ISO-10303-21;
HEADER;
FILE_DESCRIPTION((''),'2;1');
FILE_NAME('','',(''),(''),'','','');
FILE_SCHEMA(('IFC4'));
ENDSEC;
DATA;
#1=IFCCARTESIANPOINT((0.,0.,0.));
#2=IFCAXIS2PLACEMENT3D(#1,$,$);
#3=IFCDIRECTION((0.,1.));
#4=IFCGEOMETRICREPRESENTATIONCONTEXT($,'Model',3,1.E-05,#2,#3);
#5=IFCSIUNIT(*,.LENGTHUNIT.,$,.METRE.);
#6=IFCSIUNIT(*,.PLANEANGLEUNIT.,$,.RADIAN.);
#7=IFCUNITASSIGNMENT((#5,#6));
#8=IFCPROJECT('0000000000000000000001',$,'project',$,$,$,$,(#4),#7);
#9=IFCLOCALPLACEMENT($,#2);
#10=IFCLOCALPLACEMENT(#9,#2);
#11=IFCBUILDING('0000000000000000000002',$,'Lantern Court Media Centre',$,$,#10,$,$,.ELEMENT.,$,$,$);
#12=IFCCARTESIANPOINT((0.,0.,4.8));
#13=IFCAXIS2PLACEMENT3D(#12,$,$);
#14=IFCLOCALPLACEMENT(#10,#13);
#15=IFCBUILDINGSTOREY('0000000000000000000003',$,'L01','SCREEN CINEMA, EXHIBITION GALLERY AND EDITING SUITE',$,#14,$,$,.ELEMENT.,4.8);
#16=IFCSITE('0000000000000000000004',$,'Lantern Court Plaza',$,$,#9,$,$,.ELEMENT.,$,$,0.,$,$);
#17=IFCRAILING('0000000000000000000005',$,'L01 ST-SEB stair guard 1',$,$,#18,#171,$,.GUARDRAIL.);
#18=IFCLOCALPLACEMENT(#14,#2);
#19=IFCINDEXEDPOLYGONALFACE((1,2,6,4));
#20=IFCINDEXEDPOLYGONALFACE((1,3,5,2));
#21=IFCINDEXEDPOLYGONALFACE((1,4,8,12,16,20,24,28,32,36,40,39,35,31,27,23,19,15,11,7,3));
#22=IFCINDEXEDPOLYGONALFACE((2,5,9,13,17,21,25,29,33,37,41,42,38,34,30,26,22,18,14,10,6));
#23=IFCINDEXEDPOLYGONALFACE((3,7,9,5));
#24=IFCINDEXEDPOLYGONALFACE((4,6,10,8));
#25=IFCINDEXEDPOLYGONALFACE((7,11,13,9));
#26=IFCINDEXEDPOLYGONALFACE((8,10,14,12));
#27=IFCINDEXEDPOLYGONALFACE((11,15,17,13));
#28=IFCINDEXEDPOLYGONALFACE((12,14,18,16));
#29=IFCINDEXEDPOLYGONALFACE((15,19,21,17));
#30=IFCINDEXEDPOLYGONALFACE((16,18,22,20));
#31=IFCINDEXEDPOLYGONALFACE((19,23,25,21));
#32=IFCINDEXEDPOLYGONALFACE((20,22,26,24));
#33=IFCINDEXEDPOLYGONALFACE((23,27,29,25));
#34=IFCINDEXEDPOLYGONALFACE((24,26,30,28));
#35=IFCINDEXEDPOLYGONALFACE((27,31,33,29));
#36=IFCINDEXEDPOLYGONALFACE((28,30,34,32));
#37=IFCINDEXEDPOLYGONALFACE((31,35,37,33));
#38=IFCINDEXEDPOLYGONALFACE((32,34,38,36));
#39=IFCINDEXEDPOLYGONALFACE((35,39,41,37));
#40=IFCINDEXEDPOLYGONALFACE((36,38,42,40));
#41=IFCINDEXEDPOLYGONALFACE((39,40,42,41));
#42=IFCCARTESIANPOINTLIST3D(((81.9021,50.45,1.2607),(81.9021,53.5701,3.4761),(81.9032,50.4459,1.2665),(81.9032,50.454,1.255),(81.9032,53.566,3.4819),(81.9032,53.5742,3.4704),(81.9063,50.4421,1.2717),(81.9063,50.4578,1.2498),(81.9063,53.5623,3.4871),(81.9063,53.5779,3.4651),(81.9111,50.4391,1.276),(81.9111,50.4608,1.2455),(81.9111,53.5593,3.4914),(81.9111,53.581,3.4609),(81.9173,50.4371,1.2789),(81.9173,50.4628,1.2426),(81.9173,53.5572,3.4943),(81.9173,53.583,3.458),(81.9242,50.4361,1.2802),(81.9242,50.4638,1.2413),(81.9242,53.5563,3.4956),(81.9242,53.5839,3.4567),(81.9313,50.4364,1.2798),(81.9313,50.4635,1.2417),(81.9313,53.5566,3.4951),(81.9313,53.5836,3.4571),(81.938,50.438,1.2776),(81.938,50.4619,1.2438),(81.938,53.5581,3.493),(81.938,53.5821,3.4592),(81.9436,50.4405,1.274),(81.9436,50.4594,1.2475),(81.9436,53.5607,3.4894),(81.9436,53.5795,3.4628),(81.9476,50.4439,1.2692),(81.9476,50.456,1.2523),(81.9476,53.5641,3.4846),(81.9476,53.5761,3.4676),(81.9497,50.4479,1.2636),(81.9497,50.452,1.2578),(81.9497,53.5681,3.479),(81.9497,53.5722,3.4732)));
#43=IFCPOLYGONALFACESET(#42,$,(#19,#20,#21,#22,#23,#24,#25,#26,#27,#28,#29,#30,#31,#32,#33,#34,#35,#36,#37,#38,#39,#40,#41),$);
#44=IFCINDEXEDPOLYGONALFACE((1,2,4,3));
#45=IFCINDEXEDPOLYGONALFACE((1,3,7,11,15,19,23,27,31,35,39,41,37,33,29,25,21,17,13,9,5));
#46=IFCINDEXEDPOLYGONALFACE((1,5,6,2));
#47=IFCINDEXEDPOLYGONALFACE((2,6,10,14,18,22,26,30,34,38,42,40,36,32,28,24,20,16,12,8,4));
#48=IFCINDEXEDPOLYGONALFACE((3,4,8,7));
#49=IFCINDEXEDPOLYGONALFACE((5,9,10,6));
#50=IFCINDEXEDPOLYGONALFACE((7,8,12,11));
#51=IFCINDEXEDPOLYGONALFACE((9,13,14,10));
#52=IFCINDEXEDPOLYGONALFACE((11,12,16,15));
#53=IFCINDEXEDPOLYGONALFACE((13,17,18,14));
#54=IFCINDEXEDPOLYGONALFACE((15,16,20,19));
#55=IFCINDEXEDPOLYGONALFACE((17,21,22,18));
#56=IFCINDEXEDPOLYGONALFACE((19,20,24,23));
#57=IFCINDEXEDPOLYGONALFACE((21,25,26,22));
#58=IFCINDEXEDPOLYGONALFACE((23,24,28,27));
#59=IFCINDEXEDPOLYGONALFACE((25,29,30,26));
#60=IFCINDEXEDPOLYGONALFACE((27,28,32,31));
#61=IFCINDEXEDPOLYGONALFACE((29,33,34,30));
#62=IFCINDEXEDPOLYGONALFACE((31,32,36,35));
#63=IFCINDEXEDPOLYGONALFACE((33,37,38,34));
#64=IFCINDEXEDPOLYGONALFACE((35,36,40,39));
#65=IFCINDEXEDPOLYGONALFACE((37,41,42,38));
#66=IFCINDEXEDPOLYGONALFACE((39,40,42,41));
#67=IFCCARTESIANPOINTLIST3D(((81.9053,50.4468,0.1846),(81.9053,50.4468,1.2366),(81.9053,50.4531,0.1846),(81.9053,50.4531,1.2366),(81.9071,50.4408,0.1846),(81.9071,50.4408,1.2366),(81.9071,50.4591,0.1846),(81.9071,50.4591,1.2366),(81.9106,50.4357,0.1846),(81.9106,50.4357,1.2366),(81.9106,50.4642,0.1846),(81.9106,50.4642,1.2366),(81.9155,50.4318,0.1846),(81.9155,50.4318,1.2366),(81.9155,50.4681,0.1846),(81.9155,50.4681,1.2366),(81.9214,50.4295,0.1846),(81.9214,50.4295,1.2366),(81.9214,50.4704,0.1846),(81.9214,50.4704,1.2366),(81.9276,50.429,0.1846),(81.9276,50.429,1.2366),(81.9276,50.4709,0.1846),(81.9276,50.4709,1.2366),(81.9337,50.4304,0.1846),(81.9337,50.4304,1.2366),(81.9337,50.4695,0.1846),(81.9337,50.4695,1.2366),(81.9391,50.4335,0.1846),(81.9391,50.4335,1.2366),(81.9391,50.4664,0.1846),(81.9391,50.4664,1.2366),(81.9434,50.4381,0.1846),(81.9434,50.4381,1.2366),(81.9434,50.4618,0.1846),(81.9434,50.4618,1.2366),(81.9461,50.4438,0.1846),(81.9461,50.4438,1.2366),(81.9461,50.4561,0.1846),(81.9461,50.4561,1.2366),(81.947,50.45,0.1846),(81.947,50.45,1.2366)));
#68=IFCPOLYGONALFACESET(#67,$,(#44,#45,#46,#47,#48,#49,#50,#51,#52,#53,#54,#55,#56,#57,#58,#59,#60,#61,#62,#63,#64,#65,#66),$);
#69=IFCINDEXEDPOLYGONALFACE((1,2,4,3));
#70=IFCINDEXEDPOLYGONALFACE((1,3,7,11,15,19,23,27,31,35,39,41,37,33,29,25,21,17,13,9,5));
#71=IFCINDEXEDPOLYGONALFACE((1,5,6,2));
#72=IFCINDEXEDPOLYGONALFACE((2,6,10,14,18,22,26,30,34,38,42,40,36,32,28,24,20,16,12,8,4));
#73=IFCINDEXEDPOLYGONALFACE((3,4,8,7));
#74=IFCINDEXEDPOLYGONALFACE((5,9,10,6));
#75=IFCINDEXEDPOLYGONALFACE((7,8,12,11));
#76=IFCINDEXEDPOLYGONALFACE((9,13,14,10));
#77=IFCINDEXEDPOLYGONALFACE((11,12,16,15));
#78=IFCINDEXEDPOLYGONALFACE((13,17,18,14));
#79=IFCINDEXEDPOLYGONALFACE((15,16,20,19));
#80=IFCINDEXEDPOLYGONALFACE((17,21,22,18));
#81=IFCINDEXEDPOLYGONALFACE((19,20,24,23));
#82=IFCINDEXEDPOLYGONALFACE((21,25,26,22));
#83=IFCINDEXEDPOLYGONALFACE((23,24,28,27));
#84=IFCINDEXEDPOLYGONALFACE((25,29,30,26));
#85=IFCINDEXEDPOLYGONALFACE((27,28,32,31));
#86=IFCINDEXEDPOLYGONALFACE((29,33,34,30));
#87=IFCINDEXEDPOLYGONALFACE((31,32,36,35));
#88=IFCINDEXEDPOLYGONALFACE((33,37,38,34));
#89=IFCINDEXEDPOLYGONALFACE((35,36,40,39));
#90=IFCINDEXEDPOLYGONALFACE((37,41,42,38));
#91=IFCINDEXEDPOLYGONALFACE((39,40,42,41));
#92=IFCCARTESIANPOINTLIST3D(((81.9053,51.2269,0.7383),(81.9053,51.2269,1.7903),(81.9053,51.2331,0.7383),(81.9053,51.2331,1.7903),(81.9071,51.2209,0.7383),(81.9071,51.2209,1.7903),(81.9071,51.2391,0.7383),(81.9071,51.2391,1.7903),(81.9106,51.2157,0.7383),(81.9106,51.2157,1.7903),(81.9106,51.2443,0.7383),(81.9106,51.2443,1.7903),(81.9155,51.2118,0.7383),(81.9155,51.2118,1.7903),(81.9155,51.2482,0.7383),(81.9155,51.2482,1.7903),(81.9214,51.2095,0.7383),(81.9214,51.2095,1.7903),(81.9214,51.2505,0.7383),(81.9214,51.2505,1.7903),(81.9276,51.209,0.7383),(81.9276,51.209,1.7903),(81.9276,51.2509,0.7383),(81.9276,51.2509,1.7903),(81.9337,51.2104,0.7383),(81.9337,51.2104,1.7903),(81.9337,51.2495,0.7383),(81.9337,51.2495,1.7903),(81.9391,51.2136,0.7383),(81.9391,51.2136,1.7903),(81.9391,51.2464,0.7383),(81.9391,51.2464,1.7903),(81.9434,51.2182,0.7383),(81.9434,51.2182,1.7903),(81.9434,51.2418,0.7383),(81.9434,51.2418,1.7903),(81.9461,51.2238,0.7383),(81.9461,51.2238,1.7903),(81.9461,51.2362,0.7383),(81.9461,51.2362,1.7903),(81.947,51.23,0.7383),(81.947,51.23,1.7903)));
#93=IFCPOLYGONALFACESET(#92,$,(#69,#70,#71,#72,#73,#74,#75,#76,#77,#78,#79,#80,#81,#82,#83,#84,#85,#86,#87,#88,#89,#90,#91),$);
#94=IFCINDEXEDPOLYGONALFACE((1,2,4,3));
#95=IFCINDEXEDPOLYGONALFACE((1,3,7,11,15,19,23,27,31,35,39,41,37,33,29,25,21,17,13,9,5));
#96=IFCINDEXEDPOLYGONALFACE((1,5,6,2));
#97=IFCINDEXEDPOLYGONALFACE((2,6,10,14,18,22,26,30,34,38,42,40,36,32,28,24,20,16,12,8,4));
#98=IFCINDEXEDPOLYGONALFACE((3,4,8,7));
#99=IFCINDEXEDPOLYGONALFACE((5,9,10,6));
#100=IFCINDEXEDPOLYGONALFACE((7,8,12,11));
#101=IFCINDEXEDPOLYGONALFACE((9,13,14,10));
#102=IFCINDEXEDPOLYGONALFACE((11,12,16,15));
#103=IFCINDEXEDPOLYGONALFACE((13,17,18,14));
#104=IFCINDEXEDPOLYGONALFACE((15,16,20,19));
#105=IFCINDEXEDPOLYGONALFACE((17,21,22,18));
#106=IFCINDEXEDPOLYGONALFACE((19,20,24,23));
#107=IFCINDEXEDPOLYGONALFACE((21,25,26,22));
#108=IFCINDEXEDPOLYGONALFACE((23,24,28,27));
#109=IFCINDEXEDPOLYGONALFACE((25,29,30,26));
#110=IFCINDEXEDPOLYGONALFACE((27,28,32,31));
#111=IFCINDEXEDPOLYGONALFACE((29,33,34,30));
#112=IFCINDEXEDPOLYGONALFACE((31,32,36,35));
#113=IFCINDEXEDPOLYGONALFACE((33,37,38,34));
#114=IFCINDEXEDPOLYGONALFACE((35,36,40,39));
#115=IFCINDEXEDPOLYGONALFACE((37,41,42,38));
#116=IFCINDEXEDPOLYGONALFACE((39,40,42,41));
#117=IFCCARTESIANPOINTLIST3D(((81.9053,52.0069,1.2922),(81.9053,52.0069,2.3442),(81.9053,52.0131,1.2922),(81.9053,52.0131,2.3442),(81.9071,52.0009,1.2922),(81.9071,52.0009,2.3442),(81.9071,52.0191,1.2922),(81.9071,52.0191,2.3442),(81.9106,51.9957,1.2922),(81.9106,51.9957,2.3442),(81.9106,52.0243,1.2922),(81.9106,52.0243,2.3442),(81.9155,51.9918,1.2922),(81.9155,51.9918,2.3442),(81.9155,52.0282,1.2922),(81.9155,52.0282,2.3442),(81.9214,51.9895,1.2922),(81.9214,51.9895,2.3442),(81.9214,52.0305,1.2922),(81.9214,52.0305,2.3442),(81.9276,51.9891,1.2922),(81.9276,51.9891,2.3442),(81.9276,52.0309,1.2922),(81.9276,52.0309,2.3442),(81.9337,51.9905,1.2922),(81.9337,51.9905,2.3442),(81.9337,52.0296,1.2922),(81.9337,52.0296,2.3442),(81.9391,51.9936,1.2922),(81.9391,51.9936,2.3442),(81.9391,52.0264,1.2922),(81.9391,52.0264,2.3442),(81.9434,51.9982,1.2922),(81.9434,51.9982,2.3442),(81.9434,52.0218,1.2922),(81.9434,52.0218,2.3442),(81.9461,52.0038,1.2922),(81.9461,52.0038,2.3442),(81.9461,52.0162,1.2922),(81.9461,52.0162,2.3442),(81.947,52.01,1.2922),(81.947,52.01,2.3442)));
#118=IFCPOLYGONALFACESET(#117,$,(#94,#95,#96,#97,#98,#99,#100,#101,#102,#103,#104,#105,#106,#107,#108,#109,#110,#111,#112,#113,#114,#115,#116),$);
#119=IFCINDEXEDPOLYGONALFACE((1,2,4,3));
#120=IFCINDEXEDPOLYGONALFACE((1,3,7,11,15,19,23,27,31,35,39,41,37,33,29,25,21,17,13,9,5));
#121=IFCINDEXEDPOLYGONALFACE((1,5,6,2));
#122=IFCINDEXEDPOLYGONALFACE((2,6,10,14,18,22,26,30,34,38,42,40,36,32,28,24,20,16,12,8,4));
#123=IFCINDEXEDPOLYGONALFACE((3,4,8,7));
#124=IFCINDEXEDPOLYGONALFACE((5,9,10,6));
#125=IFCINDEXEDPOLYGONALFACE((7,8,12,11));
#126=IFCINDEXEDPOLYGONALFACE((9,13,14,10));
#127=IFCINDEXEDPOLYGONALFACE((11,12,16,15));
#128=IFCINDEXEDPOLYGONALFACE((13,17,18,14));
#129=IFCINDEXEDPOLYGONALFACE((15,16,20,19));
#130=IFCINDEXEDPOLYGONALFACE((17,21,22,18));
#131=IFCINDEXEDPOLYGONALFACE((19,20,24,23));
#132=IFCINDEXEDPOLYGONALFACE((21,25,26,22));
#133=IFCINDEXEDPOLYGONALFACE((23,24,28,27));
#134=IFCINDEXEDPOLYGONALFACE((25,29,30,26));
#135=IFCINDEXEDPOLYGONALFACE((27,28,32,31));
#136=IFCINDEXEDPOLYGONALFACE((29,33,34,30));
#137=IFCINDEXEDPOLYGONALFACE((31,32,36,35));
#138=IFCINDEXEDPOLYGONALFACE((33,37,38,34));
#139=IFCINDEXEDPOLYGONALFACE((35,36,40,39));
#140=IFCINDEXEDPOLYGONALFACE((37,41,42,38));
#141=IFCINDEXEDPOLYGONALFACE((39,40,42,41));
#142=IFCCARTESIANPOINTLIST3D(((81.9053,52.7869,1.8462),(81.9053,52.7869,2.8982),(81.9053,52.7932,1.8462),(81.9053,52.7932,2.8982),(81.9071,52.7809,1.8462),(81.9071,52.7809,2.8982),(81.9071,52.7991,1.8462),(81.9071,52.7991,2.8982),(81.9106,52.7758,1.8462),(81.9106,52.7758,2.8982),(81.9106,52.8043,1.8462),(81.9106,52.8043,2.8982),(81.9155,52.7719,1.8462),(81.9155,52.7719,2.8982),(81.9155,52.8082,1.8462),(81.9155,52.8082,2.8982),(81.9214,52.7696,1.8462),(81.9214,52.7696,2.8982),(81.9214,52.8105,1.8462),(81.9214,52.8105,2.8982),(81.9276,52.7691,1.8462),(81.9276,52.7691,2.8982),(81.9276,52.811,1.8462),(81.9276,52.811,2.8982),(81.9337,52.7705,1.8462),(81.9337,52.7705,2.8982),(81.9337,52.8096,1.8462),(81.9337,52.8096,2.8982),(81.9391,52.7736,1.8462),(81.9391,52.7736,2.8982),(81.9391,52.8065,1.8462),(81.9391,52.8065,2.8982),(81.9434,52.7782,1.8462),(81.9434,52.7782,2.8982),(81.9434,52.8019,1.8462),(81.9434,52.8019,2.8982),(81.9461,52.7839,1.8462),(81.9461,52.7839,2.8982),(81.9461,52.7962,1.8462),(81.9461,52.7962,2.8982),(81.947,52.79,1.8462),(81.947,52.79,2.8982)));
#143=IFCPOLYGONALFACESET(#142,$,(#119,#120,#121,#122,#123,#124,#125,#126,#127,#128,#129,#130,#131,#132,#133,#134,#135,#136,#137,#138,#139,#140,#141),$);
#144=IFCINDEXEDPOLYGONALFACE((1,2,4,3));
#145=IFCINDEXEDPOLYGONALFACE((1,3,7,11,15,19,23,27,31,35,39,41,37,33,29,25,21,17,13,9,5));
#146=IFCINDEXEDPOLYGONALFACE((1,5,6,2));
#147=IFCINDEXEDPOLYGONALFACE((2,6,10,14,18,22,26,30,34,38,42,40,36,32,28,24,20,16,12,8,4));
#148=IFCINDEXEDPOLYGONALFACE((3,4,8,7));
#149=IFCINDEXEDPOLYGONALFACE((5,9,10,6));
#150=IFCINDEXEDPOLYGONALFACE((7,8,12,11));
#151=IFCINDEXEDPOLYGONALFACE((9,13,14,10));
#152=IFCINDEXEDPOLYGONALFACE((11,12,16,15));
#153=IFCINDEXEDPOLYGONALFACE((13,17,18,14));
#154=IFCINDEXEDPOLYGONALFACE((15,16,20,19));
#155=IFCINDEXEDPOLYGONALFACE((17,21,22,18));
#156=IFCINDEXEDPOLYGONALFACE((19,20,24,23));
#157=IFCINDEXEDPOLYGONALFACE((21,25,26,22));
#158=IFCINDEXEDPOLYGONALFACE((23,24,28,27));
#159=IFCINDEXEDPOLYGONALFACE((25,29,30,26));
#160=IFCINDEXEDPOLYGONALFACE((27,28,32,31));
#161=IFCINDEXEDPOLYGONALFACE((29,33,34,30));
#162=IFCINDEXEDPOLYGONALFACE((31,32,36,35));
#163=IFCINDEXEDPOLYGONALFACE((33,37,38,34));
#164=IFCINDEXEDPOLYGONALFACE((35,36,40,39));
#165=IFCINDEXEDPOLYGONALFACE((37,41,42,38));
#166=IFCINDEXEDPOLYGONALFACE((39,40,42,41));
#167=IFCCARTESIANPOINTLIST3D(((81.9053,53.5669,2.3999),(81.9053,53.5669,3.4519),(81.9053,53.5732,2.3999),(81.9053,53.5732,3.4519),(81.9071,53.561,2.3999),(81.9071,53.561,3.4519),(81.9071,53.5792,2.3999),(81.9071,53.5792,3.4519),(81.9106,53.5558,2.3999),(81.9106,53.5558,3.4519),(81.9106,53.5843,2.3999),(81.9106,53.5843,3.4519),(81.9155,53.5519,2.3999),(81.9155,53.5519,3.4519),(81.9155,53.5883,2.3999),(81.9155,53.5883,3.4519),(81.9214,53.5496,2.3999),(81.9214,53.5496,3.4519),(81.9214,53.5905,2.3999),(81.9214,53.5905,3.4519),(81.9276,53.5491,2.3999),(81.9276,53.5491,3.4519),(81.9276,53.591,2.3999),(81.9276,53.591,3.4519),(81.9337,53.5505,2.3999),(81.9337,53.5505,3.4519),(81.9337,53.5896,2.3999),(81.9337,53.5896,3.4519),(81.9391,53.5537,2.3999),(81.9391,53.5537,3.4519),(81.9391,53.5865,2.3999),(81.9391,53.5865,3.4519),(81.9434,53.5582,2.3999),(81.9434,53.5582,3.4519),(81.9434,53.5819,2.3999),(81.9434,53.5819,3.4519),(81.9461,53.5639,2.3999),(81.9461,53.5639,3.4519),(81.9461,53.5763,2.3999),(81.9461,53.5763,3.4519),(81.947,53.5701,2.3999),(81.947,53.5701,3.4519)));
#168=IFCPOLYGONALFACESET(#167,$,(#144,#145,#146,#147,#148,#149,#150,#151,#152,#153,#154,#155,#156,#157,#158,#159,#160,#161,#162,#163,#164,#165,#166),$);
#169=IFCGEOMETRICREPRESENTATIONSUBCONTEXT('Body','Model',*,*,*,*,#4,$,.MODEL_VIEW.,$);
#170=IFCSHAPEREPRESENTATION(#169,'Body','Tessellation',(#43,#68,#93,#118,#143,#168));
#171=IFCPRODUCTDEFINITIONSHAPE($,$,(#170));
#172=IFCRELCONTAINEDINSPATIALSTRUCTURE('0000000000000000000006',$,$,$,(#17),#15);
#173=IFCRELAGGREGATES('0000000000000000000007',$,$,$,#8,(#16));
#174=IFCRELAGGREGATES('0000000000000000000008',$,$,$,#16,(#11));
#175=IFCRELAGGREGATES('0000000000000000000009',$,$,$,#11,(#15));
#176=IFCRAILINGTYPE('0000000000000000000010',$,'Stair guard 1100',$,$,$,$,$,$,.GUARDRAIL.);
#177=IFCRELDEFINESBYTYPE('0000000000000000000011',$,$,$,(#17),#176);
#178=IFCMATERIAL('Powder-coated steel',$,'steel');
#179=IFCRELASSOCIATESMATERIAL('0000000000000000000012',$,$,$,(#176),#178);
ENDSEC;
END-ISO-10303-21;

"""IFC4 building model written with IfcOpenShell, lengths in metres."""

from ifc_helpers import new_model, si_unit, direction, frame, origin, origin_2d, place, context, subcontext, project, spatial, circle, extrude, material, type_object, element, save


model = new_model("IFC4")

# Units and contexts
model_context = context("Model", 3, precision=1e-05, world=origin(), true_north=direction((0.0, 1.0)))
body_context = subcontext(model_context, "Body", "Model", "MODEL_VIEW")
ifc_project = project(units=[si_unit("LENGTHUNIT", "METRE"), si_unit("PLANEANGLEUNIT", "RADIAN")], contexts=[model_context])

# Site, building, storey
site_placement = place(None, origin())
site = spatial("IfcSite", under=ifc_project, at=site_placement, Name="Lantern Court Plaza", CompositionType="ELEMENT", RefElevation=0.0)
building_placement = place(site_placement, origin())
building = spatial("IfcBuilding", under=site, at=building_placement, Name="Lantern Court Media Centre", CompositionType="ELEMENT")
storey_placement = place(building_placement, frame((0.0, 0.0, 4.8)))
storey = spatial("IfcBuildingStorey", under=building, at=storey_placement, Name="L01", Description="SCREEN CINEMA, EXHIBITION GALLERY AND EDITING SUITE", CompositionType="ELEMENT", Elevation=4.8)

# Railing
ifc_material_1 = material(Name="Powder-coated steel", Category="steel")
railing_type_1 = type_object("IfcRailingType", Name="Stair guard 1100", PredefinedType="GUARDRAIL", material=ifc_material_1)
railing_1_placement = place(storey_placement, frame((81.926, 50.45, 0.1846)))
element("IfcRailing", 1, at=railing_1_placement, inside=storey, type_object=railing_type_1, Name="L01 ST-SEB stair guard 1", PredefinedType="GUARDRAIL", context=body_context, shape_type="SweptSolid", body=[
    extrude(circle(Radius=0.0239, at=origin_2d()), frame((0.0, 0.0, 1.0762), z_axis=(0.0, 0.815377, 0.57893), x_axis=(-1.0, 0.0, 0.0)), (0.0, 0.0, 1.0), 3.8267),
    extrude(circle(Radius=0.021, at=origin_2d()), origin(), (0.0, 0.0, 1.0), 1.052),
    extrude(circle(Radius=0.021, at=origin_2d()), frame((0.0, 0.78, 0.5537)), (0.0, 0.0, 1.0), 1.052),
    extrude(circle(Radius=0.021, at=origin_2d()), frame((0.0, 1.5601, 1.1077)), (0.0, 0.0, 1.0), 1.052),
    extrude(circle(Radius=0.021, at=origin_2d()), frame((0.0, 2.3401, 1.6616)), (0.0, 0.0, 1.0), 1.052),
    extrude(circle(Radius=0.021, at=origin_2d()), frame((0.0, 3.1201, 2.2153)), (0.0, 0.0, 1.0), 1.052),
])

save(model, "model.ifc")
